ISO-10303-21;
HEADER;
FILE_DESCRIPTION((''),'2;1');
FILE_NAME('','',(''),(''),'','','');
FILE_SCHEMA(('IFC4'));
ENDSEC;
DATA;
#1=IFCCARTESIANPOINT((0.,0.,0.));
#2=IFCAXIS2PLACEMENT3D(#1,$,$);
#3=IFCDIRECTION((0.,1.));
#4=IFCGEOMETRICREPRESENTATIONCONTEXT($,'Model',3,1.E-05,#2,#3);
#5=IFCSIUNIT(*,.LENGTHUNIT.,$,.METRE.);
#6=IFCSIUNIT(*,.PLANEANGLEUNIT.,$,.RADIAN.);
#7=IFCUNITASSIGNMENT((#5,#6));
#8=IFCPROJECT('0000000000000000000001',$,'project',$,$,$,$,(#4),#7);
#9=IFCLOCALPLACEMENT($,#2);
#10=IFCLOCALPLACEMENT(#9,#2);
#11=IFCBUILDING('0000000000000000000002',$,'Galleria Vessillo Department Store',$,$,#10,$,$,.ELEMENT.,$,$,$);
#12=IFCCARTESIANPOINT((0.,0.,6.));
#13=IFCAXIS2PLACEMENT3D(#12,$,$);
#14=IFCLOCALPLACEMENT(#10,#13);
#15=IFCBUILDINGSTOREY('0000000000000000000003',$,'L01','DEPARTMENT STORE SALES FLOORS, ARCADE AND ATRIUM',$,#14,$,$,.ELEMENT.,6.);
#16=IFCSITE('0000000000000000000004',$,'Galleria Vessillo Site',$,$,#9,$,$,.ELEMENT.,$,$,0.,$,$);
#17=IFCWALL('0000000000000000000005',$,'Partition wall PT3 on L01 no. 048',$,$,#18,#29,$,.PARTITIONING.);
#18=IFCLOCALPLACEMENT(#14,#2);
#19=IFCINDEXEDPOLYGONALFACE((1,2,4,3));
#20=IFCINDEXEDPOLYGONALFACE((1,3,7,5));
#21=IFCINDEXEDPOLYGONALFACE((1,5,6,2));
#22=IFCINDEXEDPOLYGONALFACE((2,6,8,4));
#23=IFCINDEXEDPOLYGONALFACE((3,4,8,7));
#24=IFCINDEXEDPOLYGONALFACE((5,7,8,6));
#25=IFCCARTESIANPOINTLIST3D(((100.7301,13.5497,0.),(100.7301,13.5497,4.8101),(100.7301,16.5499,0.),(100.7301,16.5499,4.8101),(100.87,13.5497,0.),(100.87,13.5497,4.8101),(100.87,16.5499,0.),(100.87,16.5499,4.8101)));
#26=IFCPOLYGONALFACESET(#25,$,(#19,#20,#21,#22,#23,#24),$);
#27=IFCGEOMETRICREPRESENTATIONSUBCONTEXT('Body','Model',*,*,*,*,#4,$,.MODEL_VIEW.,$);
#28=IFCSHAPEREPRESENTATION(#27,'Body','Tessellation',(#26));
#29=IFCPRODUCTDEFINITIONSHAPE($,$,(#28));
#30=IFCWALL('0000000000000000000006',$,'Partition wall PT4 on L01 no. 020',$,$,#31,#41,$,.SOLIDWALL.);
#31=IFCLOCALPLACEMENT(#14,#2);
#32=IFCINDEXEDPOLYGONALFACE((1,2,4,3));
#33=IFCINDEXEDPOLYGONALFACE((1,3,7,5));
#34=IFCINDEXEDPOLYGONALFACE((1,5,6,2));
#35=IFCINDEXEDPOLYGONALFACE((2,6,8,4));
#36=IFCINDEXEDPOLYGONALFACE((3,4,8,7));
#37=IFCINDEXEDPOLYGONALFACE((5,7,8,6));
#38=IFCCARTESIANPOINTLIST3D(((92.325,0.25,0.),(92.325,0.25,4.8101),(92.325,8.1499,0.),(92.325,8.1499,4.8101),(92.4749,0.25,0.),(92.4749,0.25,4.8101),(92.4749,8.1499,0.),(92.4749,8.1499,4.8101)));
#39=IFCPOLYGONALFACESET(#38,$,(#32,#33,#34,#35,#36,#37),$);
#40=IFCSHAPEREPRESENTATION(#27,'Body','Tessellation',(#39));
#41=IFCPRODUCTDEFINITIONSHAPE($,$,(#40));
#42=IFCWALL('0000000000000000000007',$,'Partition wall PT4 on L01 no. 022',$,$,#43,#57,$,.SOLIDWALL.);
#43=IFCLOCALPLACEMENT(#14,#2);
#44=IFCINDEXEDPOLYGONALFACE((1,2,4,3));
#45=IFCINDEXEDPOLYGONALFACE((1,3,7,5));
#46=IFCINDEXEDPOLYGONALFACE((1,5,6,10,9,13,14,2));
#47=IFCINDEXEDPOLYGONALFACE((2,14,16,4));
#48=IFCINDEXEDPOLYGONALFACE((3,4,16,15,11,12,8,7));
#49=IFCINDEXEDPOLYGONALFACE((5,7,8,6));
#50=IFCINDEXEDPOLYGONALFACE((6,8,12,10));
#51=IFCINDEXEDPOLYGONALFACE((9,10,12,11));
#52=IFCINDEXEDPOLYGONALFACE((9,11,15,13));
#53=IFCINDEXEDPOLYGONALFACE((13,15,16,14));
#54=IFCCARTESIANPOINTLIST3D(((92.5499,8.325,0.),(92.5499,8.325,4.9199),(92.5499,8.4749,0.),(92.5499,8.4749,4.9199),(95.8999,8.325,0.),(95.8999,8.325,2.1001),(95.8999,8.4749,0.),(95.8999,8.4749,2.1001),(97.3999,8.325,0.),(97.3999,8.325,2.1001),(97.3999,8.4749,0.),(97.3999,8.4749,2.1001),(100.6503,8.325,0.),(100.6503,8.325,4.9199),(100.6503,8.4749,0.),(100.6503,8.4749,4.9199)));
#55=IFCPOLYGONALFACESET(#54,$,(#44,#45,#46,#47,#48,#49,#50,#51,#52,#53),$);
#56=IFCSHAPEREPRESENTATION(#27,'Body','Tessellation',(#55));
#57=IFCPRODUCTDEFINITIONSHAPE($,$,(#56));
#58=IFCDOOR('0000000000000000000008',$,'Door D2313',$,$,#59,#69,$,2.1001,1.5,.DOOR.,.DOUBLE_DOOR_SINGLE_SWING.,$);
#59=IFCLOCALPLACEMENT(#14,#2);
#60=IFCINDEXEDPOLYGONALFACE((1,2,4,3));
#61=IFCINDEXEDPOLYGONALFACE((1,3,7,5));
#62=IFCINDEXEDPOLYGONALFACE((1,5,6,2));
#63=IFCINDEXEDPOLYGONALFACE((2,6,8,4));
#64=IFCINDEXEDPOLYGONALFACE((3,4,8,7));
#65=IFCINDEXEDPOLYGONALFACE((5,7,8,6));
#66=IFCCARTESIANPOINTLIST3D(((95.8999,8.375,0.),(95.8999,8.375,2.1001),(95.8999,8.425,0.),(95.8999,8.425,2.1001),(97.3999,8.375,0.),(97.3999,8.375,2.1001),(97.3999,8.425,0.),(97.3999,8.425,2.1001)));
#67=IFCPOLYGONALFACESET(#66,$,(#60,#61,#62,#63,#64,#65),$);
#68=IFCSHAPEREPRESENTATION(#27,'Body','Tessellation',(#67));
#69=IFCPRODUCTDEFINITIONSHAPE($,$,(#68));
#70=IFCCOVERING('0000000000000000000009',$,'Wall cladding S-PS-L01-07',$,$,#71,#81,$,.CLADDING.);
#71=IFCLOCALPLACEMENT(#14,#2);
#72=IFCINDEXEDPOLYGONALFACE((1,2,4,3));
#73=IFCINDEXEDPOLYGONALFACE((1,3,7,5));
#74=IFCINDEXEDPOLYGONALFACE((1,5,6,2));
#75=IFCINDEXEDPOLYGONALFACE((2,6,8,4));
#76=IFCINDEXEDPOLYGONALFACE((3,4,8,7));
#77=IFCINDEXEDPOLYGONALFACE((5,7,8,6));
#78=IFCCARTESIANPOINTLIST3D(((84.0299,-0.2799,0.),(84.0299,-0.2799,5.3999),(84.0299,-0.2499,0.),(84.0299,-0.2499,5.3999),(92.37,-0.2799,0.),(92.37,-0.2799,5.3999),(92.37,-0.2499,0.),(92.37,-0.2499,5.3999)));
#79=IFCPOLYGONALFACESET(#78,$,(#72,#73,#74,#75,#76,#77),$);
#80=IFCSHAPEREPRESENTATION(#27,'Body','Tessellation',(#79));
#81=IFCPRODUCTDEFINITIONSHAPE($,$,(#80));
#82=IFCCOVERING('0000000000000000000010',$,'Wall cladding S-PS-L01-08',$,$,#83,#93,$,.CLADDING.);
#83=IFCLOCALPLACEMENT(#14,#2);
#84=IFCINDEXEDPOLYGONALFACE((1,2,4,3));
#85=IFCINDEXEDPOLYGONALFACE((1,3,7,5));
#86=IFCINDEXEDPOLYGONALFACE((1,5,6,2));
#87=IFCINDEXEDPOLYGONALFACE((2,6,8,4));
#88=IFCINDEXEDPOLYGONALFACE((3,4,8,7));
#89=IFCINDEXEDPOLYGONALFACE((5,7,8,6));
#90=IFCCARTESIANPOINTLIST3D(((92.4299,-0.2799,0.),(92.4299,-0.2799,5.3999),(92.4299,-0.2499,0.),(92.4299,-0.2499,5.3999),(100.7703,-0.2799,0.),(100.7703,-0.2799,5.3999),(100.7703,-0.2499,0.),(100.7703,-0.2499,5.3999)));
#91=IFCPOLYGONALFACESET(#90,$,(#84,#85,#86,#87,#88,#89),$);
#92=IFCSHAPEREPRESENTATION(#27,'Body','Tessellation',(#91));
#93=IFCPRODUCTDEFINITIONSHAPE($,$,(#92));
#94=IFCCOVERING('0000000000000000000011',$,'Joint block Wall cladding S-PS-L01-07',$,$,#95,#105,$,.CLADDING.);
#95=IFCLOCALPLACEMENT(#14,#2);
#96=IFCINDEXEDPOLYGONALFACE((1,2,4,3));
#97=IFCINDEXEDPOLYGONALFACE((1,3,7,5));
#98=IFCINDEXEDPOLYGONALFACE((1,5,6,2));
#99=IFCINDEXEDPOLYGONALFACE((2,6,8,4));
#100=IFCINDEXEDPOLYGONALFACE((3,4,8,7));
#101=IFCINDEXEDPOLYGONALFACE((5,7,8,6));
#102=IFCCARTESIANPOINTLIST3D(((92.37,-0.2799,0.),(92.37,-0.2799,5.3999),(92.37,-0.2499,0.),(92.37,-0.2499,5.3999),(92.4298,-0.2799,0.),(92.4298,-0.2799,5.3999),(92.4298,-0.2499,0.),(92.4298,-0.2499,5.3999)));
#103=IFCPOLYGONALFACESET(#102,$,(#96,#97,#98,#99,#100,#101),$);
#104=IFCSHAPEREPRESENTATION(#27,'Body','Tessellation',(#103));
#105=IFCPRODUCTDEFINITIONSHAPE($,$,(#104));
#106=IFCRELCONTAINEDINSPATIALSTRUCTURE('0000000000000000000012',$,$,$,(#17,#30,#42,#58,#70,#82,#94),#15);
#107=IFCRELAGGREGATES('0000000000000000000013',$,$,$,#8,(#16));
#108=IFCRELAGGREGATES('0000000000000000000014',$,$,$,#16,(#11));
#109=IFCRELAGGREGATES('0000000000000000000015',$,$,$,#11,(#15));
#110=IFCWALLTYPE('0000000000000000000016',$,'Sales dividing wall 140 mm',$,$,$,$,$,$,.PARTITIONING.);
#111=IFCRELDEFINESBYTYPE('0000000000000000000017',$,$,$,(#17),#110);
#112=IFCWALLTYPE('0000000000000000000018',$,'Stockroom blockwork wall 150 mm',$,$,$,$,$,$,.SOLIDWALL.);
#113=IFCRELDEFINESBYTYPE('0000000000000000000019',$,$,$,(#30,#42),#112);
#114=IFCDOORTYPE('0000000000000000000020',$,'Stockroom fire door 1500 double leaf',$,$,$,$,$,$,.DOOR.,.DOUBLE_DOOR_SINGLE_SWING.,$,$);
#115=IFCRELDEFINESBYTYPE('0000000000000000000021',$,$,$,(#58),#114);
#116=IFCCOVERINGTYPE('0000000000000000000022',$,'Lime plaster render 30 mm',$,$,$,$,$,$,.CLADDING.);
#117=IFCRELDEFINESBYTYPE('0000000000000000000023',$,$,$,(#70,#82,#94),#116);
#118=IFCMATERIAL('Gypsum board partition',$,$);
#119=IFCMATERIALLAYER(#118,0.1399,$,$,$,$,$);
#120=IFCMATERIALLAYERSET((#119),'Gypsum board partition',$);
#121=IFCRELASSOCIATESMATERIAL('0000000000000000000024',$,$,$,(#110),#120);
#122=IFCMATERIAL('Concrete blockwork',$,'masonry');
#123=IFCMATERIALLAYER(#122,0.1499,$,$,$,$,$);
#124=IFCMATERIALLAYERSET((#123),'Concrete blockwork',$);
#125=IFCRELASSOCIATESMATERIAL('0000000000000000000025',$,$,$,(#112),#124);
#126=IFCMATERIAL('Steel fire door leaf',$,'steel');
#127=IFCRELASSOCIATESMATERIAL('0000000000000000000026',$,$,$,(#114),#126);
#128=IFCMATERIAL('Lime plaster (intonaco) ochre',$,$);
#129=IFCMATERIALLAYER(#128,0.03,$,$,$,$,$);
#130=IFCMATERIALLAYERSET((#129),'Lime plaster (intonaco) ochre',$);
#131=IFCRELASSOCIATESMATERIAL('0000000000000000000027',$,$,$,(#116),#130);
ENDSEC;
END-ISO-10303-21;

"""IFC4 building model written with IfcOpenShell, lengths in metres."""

from ifc_helpers import new_model, si_unit, direction, frame, frame_2d, origin, origin_2d, place, context, subcontext, project, spatial, rectangle, extrude, material, layer, layer_set, type_object, element, fill, save


model = new_model("IFC4")

# Units and contexts
model_context = context("Model", 3, precision=1e-05, world=origin(), true_north=direction((0.0, 1.0)))
body_context = subcontext(model_context, "Body", "Model", "MODEL_VIEW")
ifc_project = project(units=[si_unit("LENGTHUNIT", "METRE"), si_unit("PLANEANGLEUNIT", "RADIAN")], contexts=[model_context])

# Site, building, storey
site_placement = place(None, origin())
site = spatial("IfcSite", under=ifc_project, at=site_placement, Name="Galleria Vessillo Site", CompositionType="ELEMENT", RefElevation=0.0)
building_placement = place(site_placement, origin())
building = spatial("IfcBuilding", under=site, at=building_placement, Name="Galleria Vessillo Department Store", CompositionType="ELEMENT")
storey_placement = place(building_placement, frame((0.0, 0.0, 6.0)))
storey = spatial("IfcBuildingStorey", under=building, at=storey_placement, Name="L01", Description="DEPARTMENT STORE SALES FLOORS, ARCADE AND ATRIUM", CompositionType="ELEMENT", Elevation=6.0)

# Walls
ifc_material_1 = material(Name="Gypsum board partition")
ifc_layer_1 = layer(ifc_material_1, 0.1399)
ifc_layer_set_1 = layer_set([ifc_layer_1], Name="Gypsum board partition")
wall_type_1 = type_object("IfcWallType", Name="Sales dividing wall 140 mm", PredefinedType="PARTITIONING", material=ifc_layer_set_1)
wall_1_placement = place(storey_placement, frame((100.8, 13.5498, 0.0), z_axis=(0.0, 0.0, 1.0), x_axis=(0.0, 1.0, 0.0)))
element("IfcWall", 1, at=wall_1_placement, inside=storey, type_object=wall_type_1, Name="Partition wall PT3 on L01 no. 048", PredefinedType="PARTITIONING", context=body_context, shape_type="SweptSolid", body=[
    extrude(rectangle(XDim=3.0002, YDim=0.1399, at=frame_2d((1.5, 0.0))), origin(), (0.0, 0.0, 1.0), 4.8101),
])
ifc_material_2 = material(Name="Concrete blockwork", Category="masonry")
ifc_layer_2 = layer(ifc_material_2, 0.1499)
ifc_layer_set_2 = layer_set([ifc_layer_2], Name="Concrete blockwork")
wall_type_2 = type_object("IfcWallType", Name="Stockroom blockwork wall 150 mm", PredefinedType="SOLIDWALL", material=ifc_layer_set_2)
wall_2_placement = place(storey_placement, frame((92.3999, 0.25, 0.0), z_axis=(0.0, 0.0, 1.0), x_axis=(0.0, 1.0, 0.0)))
element("IfcWall", 2, at=wall_2_placement, inside=storey, type_object=wall_type_2, Name="Partition wall PT4 on L01 no. 020", PredefinedType="SOLIDWALL", context=body_context, shape_type="SweptSolid", body=[
    extrude(rectangle(XDim=7.8999, YDim=0.1499, at=frame_2d((3.95, 0.0))), origin(), (0.0, 0.0, 1.0), 4.8101),
])

# Wall, opening, door
wall_3_placement = place(storey_placement, frame((92.5498, 8.3999, 0.0), z_axis=(0.0, 0.0, 1.0), x_axis=(1.0, 0.0, 0.0)))
wall_3 = element("IfcWall", 3, at=wall_3_placement, inside=storey, type_object=wall_type_2, Name="Partition wall PT4 on L01 no. 022", PredefinedType="SOLIDWALL", context=body_context, shape_type="SweptSolid", body=[
    extrude(rectangle(XDim=8.1003, YDim=0.1499, at=frame_2d((4.0503, 0.0))), origin(), (0.0, 0.0, 1.0), 4.9199),
])
opening_1_placement = place(wall_3_placement, frame((3.3501, 0.0, 0.0)))
opening_1 = element("IfcOpeningElement", 4, at=opening_1_placement, cuts=wall_3, PredefinedType="OPENING", context=body_context, shape_type="SweptSolid", body=[
    extrude(rectangle(XDim=1.5, YDim=2.1001, at=frame_2d((0.75, 1.05))), frame((0.0, 0.085, 0.0), z_axis=(0.0, -1.0, 0.0), x_axis=(1.0, 0.0, 0.0)), (0.0, 0.0, 1.0), 0.1699),
])
ifc_material_3 = material(Name="Steel fire door leaf", Category="steel")
door_type_1 = type_object("IfcDoorType", Name="Stockroom fire door 1500 double leaf", OperationType="DOUBLE_DOOR_SINGLE_SWING", PredefinedType="DOOR", material=ifc_material_3)
door_1_placement = place(opening_1_placement, frame((1.5, 0.0, 0.0), z_axis=(0.0, 0.0, 1.0), x_axis=(-1.0, 0.0, 0.0)))
door_1 = element("IfcDoor", 5, at=door_1_placement, inside=storey, type_object=door_type_1, Name="Door D2313", OperationType="DOUBLE_DOOR_SINGLE_SWING", OverallHeight=2.1001, OverallWidth=1.5, PredefinedType="DOOR", context=body_context, shape_type="SweptSolid", body=[
    extrude(rectangle(XDim=1.5, YDim=2.1001, at=frame_2d((0.75, 1.05))), frame((0.0, 0.0249, 0.0), z_axis=(0.0, -1.0, 0.0), x_axis=(1.0, 0.0, 0.0)), (0.0, 0.0, 1.0), 0.05),
])
fill(opening_1, door_1)

# Coverings
ifc_material_4 = material(Name="Lime plaster (intonaco) ochre")
ifc_layer_3 = layer(ifc_material_4, 0.03)
ifc_layer_set_3 = layer_set([ifc_layer_3], Name="Lime plaster (intonaco) ochre")
covering_type = type_object("IfcCoveringType", Name="Lime plaster render 30 mm", PredefinedType="CLADDING", material=ifc_layer_set_3)
covering_1_placement = place(storey_placement, frame((88.2, -0.2649, 0.0), z_axis=(0.0, 0.0, 1.0), x_axis=(1.0, 0.0, 0.0)))
element("IfcCovering", 6, at=covering_1_placement, inside=storey, type_object=covering_type, Name="Wall cladding S-PS-L01-07", PredefinedType="CLADDING", context=body_context, shape_type="SweptSolid", body=[
    extrude(rectangle(XDim=8.3401, YDim=0.03, at=origin_2d()), origin(), (0.0, 0.0, 1.0), 5.3999),
])
covering_2_placement = place(storey_placement, frame((96.6001, -0.2649, 0.0), z_axis=(0.0, 0.0, 1.0), x_axis=(1.0, 0.0, 0.0)))
element("IfcCovering", 7, at=covering_2_placement, inside=storey, type_object=covering_type, Name="Wall cladding S-PS-L01-08", PredefinedType="CLADDING", context=body_context, shape_type="SweptSolid", body=[
    extrude(rectangle(XDim=8.3403, YDim=0.03, at=origin_2d()), origin(), (0.0, 0.0, 1.0), 5.3999),
])
covering_3_placement = place(storey_placement, frame((92.3999, -0.2649, 0.0), z_axis=(0.0, 0.0, 1.0), x_axis=(1.0, 0.0, 0.0)))
element("IfcCovering", 8, at=covering_3_placement, inside=storey, type_object=covering_type, Name="Joint block Wall cladding S-PS-L01-07", PredefinedType="CLADDING", context=body_context, shape_type="SweptSolid", body=[
    extrude(rectangle(XDim=0.0598, YDim=0.03, at=origin_2d()), origin(), (0.0, 0.0, 1.0), 5.3999),
])

save(model, "model.ifc")
